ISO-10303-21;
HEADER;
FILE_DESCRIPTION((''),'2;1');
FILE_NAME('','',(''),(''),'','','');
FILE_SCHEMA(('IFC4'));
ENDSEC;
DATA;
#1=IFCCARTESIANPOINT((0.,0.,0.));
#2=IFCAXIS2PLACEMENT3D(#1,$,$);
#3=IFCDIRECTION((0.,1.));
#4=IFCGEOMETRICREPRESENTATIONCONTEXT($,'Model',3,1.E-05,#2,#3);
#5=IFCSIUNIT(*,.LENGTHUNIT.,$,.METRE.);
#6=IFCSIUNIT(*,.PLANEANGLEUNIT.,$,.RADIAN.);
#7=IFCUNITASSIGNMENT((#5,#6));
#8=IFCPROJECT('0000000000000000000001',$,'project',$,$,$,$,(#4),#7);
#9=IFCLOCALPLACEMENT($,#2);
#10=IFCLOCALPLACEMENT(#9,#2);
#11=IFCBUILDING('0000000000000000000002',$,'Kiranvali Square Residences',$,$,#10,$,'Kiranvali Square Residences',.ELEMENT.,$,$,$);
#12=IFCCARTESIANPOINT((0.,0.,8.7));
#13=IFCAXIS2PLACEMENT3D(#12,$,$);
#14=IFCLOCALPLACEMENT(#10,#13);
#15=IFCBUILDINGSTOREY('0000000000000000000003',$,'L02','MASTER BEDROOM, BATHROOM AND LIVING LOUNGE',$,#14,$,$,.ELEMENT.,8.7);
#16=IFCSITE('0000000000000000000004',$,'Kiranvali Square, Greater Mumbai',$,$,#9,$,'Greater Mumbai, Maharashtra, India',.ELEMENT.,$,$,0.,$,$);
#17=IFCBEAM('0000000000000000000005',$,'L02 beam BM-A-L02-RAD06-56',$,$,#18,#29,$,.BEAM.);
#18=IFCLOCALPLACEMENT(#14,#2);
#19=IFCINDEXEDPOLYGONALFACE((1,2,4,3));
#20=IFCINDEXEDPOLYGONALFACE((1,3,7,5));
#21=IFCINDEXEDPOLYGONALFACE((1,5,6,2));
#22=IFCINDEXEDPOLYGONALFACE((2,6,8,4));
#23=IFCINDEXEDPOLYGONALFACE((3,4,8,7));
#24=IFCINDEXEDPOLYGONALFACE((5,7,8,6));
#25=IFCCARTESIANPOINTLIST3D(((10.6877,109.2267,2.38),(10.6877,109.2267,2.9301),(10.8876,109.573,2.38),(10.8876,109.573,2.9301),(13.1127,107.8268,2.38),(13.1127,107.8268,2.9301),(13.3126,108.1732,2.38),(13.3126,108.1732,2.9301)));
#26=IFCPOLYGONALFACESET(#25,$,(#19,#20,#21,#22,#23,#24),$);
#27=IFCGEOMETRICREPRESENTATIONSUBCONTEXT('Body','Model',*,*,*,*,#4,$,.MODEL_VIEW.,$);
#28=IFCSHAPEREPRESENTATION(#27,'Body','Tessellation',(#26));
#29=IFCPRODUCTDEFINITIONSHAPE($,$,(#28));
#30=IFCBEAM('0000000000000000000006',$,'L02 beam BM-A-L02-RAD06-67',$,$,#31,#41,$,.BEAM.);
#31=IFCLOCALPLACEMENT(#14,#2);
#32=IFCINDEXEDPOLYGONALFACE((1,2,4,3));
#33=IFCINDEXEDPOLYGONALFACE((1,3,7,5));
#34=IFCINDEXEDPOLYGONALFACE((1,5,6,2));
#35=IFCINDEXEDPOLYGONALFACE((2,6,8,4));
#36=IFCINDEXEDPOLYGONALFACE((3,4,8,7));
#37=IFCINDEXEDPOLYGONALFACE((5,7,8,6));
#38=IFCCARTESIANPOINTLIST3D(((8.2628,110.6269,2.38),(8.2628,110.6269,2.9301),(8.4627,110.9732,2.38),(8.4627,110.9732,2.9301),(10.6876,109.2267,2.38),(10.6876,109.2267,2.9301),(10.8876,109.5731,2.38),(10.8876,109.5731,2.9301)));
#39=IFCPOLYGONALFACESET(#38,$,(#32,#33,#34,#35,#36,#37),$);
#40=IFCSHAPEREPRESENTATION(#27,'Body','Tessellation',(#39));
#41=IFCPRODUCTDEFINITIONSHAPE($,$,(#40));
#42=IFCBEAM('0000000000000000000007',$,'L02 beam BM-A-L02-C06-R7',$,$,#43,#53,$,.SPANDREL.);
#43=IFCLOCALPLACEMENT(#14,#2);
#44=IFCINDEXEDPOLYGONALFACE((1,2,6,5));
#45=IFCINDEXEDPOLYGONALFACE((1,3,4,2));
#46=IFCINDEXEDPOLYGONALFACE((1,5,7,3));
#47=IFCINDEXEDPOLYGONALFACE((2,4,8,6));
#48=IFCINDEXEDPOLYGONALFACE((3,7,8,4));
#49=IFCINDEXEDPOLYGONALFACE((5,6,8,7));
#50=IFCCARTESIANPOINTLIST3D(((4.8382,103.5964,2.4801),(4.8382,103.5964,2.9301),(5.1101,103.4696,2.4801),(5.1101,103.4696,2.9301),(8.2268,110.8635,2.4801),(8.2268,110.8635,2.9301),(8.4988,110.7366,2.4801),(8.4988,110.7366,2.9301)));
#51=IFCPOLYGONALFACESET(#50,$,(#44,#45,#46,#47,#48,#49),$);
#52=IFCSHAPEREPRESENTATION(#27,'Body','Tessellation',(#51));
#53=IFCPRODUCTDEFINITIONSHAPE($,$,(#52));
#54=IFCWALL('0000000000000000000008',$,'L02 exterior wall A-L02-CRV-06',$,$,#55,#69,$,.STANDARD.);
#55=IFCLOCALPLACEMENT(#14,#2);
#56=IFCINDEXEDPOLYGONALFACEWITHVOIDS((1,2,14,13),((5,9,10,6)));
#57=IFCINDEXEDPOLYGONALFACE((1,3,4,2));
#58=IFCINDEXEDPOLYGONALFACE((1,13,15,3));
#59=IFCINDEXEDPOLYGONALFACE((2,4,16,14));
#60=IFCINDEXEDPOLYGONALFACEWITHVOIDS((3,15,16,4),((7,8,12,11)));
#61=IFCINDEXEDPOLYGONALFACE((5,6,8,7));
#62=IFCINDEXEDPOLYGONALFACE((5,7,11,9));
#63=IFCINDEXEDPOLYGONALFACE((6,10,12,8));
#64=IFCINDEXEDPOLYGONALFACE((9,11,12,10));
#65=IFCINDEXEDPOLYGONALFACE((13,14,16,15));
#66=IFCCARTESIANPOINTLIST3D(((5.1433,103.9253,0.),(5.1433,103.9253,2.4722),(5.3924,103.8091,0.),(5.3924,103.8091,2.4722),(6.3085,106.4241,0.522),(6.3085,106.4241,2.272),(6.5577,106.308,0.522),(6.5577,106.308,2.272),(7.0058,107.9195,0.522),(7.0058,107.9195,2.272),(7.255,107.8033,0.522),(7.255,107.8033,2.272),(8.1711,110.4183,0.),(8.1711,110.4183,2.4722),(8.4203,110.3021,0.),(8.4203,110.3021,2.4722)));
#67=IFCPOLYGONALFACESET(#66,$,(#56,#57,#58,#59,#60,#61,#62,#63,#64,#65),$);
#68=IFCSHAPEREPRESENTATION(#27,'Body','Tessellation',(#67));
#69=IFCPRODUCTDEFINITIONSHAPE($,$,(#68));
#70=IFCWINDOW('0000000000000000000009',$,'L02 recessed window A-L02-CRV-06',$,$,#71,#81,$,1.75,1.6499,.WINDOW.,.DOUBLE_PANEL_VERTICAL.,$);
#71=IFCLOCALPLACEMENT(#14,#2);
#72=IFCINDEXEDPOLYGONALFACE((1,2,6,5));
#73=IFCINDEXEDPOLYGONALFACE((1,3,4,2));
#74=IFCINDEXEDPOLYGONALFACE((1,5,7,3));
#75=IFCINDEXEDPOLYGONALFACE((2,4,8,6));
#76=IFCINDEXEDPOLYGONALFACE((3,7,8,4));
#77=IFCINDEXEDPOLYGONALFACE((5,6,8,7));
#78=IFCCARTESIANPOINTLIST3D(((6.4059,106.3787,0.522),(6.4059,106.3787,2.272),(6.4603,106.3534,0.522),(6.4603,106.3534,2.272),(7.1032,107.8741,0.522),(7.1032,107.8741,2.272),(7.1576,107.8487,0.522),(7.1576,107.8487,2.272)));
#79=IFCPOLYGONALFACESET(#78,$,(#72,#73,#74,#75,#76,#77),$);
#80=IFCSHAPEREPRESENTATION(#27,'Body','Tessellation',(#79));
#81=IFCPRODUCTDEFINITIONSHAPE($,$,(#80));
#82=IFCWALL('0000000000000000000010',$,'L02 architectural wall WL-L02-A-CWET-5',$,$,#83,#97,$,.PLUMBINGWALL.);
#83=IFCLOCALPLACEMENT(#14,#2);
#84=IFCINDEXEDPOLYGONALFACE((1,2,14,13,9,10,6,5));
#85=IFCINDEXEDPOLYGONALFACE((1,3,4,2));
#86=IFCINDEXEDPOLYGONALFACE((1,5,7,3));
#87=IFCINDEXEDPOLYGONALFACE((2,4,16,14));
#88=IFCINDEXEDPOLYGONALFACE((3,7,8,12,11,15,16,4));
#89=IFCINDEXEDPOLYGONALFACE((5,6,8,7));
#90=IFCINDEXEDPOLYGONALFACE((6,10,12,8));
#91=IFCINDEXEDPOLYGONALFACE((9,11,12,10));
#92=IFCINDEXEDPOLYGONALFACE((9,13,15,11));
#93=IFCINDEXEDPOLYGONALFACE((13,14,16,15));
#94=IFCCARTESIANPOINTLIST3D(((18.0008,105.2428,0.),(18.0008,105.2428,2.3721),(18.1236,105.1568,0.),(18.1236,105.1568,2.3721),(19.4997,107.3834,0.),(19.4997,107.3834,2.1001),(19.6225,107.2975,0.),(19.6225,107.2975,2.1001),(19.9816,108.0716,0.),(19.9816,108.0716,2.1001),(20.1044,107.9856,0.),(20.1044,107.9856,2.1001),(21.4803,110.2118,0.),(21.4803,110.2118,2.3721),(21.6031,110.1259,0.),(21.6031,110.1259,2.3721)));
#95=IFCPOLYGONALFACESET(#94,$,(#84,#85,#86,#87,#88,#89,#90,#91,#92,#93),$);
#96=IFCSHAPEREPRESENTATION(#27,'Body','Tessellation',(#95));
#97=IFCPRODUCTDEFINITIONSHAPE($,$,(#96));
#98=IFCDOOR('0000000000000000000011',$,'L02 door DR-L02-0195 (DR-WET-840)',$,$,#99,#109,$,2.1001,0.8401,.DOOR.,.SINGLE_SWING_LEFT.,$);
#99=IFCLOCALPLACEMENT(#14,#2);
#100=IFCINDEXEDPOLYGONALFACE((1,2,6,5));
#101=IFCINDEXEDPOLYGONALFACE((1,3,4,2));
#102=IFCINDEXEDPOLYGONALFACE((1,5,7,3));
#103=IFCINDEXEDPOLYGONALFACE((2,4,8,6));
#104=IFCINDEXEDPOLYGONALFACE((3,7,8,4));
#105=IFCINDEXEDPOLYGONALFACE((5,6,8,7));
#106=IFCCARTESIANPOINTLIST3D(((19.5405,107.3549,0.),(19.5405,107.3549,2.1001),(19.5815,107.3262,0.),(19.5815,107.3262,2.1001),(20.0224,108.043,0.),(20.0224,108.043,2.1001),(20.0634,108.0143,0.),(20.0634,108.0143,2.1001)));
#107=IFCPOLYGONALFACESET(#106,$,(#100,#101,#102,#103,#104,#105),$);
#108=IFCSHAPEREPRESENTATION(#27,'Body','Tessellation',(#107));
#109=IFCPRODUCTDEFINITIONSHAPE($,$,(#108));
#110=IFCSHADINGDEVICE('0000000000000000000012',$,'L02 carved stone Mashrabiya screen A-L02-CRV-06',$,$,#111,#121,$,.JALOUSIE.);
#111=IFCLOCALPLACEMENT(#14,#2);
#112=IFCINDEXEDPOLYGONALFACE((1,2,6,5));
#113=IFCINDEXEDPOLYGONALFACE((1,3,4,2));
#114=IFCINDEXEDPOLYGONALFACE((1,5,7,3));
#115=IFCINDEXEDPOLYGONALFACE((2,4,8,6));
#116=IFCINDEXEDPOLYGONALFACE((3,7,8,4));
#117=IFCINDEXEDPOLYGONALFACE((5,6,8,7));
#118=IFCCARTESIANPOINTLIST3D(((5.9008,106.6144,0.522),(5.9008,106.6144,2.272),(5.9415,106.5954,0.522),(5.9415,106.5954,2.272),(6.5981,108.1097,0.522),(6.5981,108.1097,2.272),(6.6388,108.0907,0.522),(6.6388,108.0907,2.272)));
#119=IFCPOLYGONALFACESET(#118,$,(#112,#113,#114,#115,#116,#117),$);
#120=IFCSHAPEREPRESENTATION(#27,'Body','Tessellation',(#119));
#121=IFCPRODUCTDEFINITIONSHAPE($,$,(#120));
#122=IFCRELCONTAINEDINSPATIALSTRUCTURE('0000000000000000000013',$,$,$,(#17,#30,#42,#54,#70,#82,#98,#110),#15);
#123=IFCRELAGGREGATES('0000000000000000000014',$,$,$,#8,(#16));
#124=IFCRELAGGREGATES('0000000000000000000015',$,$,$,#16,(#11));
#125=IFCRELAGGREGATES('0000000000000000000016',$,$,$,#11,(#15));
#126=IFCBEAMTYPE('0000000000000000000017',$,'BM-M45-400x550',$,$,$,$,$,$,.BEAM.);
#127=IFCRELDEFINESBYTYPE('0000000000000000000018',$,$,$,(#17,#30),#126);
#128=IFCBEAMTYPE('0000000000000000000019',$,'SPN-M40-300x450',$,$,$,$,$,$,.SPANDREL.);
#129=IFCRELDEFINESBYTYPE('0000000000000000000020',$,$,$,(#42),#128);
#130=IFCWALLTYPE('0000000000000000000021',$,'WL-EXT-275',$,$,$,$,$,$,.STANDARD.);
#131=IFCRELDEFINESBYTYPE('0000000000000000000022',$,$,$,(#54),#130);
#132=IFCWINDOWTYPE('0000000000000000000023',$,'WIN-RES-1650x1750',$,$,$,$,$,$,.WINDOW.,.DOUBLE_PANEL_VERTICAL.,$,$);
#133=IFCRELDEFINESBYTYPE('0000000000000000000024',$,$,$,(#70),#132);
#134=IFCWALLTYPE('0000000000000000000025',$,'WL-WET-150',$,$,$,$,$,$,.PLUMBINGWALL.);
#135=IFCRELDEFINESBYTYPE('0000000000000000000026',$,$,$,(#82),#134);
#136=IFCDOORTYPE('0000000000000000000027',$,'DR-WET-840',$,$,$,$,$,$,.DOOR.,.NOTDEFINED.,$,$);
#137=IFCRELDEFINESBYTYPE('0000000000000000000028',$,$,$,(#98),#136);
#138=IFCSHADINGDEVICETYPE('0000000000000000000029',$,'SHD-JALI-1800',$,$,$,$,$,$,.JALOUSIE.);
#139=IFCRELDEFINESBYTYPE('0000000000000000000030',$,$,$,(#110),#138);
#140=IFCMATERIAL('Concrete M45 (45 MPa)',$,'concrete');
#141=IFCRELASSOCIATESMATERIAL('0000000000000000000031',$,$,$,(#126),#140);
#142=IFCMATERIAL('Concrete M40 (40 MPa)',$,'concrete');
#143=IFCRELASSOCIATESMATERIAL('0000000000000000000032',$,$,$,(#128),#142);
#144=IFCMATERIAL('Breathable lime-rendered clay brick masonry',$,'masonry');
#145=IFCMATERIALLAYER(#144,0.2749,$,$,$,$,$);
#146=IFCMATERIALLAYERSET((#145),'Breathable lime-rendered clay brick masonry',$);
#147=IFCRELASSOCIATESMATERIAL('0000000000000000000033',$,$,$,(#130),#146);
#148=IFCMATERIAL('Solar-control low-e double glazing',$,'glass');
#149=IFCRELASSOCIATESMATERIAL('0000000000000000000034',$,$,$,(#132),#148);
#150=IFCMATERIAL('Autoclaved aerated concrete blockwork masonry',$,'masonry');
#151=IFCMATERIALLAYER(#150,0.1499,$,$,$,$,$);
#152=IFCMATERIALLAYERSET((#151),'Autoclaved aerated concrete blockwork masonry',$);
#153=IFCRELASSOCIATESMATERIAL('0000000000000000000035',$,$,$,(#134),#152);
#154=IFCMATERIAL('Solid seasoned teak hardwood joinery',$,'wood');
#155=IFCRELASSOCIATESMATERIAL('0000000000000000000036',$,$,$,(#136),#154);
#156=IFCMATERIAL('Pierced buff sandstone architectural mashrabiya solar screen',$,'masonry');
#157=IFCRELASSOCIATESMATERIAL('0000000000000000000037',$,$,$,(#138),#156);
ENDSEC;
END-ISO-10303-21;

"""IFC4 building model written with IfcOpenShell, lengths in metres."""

from ifc_helpers import new_model, si_unit, direction, frame, frame_2d, origin, origin_2d, place, context, subcontext, project, spatial, rectangle, extrude, material, layer, layer_set, material_profile, profile_set, type_object, element, fill, save


model = new_model("IFC4")

# Units and contexts
model_context = context("Model", 3, precision=1e-05, world=origin(), true_north=direction((0.0, 1.0)))
body_context = subcontext(model_context, "Body", "Model", "MODEL_VIEW")
ifc_project = project(units=[si_unit("LENGTHUNIT", "METRE"), si_unit("PLANEANGLEUNIT", "RADIAN")], contexts=[model_context])

# Site, building, storey
site_placement = place(None, origin())
site = spatial("IfcSite", under=ifc_project, at=site_placement, Name="Kiranvali Square, Greater Mumbai", LongName="Greater Mumbai, Maharashtra, India", CompositionType="ELEMENT", RefElevation=0.0)
building_placement = place(site_placement, origin())
building = spatial("IfcBuilding", under=site, at=building_placement, Name="Kiranvali Square Residences", LongName="Kiranvali Square Residences", CompositionType="ELEMENT")
storey_placement = place(building_placement, frame((0.0, 0.0, 8.7)))
storey = spatial("IfcBuildingStorey", under=building, at=storey_placement, Name="L02", Description="MASTER BEDROOM, BATHROOM AND LIVING LOUNGE", CompositionType="ELEMENT", Elevation=8.7)

# Beams
ifc_material_1 = material(Name="Concrete M45 (45 MPa)", Category="concrete")
ifc_material_profile_1 = material_profile(ifc_material_1, rectangle(XDim=0.3999, YDim=0.55, at=origin_2d()), Name="RC 400x550")
ifc_profile_set_1 = profile_set([ifc_material_profile_1], Name="Concrete M45 (45 MPa)")
beam_type_1 = type_object("IfcBeamType", Name="BM-M45-400x550", PredefinedType="BEAM", material=ifc_profile_set_1)
for number, where, z_axis, x_axis, name in (
    (1, (13.2126, 108.0, 2.655), (-0.866056, 0.499946, 0.0), (-0.499946, -0.866056, 0.0), "L02 beam BM-A-L02-RAD06-56"),
    (2, (10.7876, 109.3999, 2.655), (-0.865997, 0.50005, 0.0), (-0.50005, -0.865997, 0.0), "L02 beam BM-A-L02-RAD06-67"),
):
    element("IfcBeam", number, at=place(storey_placement, frame(where, z_axis=z_axis, x_axis=x_axis)), inside=storey, type_object=beam_type_1, Name=name, PredefinedType="BEAM", context=body_context, shape_type="SweptSolid", body=[
        extrude(rectangle(XDim=0.3999, YDim=0.55, at=origin_2d()), origin(), (0.0, 0.0, 1.0), 2.8),
    ])
ifc_material_2 = material(Name="Concrete M40 (40 MPa)", Category="concrete")
ifc_material_profile_2 = material_profile(ifc_material_2, rectangle(XDim=0.3, YDim=0.45, at=origin_2d()), Name="RC 300x450")
ifc_profile_set_2 = profile_set([ifc_material_profile_2], Name="Concrete M40 (40 MPa)")
beam_type_2 = type_object("IfcBeamType", Name="SPN-M40-300x450", PredefinedType="SPANDREL", material=ifc_profile_set_2)
beam_1_placement = place(storey_placement, frame((8.3628, 110.8, 2.7051), z_axis=(-0.422615, -0.906309, 0.0), x_axis=(0.906309, -0.422615, 0.0)))
element("IfcBeam", 3, at=beam_1_placement, inside=storey, type_object=beam_type_2, Name="L02 beam BM-A-L02-C06-R7", PredefinedType="SPANDREL", context=body_context, shape_type="SweptSolid", body=[
    extrude(rectangle(XDim=0.3, YDim=0.45, at=origin_2d()), origin(), (0.0, 0.0, 1.0), 8.0183),
])

# Wall, opening, window
ifc_material_3 = material(Name="Breathable lime-rendered clay brick masonry", Category="masonry")
ifc_layer_1 = layer(ifc_material_3, 0.2749)
ifc_layer_set_1 = layer_set([ifc_layer_1], Name="Breathable lime-rendered clay brick masonry")
wall_type_1 = type_object("IfcWallType", Name="WL-EXT-275", PredefinedType="STANDARD", material=ifc_layer_set_1)
wall_1_placement = place(storey_placement, frame((8.2957, 110.3601, 0.0), z_axis=(0.0, 0.0, 1.0), x_axis=(-0.422634, -0.906301, 0.0)))
wall_1 = element("IfcWall", 4, at=wall_1_placement, inside=storey, type_object=wall_type_1, Name="L02 exterior wall A-L02-CRV-06", PredefinedType="STANDARD", context=body_context, shape_type="SweptSolid", body=[
    extrude(rectangle(XDim=7.1643, YDim=0.2749, at=frame_2d((3.582, 0.0))), origin(), (0.0, 0.0, 1.0), 2.4722),
])
opening_1_placement = place(wall_1_placement, frame((2.7571, 0.0, 0.522)))
opening_1 = element("IfcOpeningElement", 5, at=opening_1_placement, cuts=wall_1, PredefinedType="OPENING", context=body_context, shape_type="SweptSolid", body=[
    extrude(rectangle(XDim=1.6499, YDim=1.75, at=frame_2d((0.825, 0.875))), frame((0.0, 0.1475, 0.0), z_axis=(0.0, -1.0, 0.0), x_axis=(1.0, 0.0, 0.0)), (0.0, 0.0, 1.0), 0.2949),
])
ifc_material_4 = material(Name="Solar-control low-e double glazing", Category="glass")
window_type = type_object("IfcWindowType", Name="WIN-RES-1650x1750", PartitioningType="DOUBLE_PANEL_VERTICAL", PredefinedType="WINDOW", material=ifc_material_4)
window_placement = place(opening_1_placement, origin())
window = element("IfcWindow", 6, at=window_placement, inside=storey, type_object=window_type, Name="L02 recessed window A-L02-CRV-06", OverallHeight=1.75, OverallWidth=1.6499, PartitioningType="DOUBLE_PANEL_VERTICAL", PredefinedType="WINDOW", context=body_context, shape_type="SweptSolid", body=[
    extrude(rectangle(XDim=1.6499, YDim=1.75, at=frame_2d((0.825, 0.875))), frame((0.0, 0.03, 0.0), z_axis=(0.0, -1.0, 0.0), x_axis=(1.0, 0.0, 0.0)), (0.0, 0.0, 1.0), 0.0601),
])
fill(opening_1, window)

# Wall, opening, door
ifc_material_5 = material(Name="Autoclaved aerated concrete blockwork masonry", Category="masonry")
ifc_layer_2 = layer(ifc_material_5, 0.1499)
ifc_layer_set_2 = layer_set([ifc_layer_2], Name="Autoclaved aerated concrete blockwork masonry")
wall_type_2 = type_object("IfcWallType", Name="WL-WET-150", PredefinedType="PLUMBINGWALL", material=ifc_layer_set_2)
wall_2_placement = place(storey_placement, frame((21.5417, 110.1689, 0.0), z_axis=(0.0, 0.0, 1.0), x_axis=(-0.573595, -0.819139, 0.0)))
wall_2 = element("IfcWall", 7, at=wall_2_placement, inside=storey, type_object=wall_type_2, Name="L02 architectural wall WL-L02-A-CWET-5", PredefinedType="PLUMBINGWALL", context=body_context, shape_type="SweptSolid", body=[
    extrude(rectangle(XDim=6.0662, YDim=0.1499, at=frame_2d((3.0332, 0.0))), origin(), (0.0, 0.0, 1.0), 2.3721),
])
opening_2_placement = place(wall_2_placement, frame((2.613, 0.0, 0.0)))
opening_2 = element("IfcOpeningElement", 8, at=opening_2_placement, cuts=wall_2, PredefinedType="OPENING", context=body_context, shape_type="SweptSolid", body=[
    extrude(rectangle(XDim=0.8401, YDim=2.1001, at=frame_2d((0.4199, 1.05))), frame((0.0, 0.085, 0.0), z_axis=(0.0, -1.0, 0.0), x_axis=(1.0, 0.0, 0.0)), (0.0, 0.0, 1.0), 0.1699),
])
ifc_material_6 = material(Name="Solid seasoned teak hardwood joinery", Category="wood")
door_type = type_object("IfcDoorType", Name="DR-WET-840", OperationType="NOTDEFINED", PredefinedType="DOOR", material=ifc_material_6)
door_placement = place(opening_2_placement, origin())
door = element("IfcDoor", 9, at=door_placement, inside=storey, type_object=door_type, Name="L02 door DR-L02-0195 (DR-WET-840)", OperationType="SINGLE_SWING_LEFT", OverallHeight=2.1001, OverallWidth=0.8401, PredefinedType="DOOR", context=body_context, shape_type="SweptSolid", body=[
    extrude(rectangle(XDim=0.8401, YDim=2.1001, at=frame_2d((0.4199, 1.05))), frame((0.0, 0.0249, 0.0), z_axis=(0.0, -1.0, 0.0), x_axis=(1.0, 0.0, 0.0)), (0.0, 0.0, 1.0), 0.05),
])
fill(opening_2, door)

# Shading device
ifc_material_7 = material(Name="Pierced buff sandstone architectural mashrabiya solar screen", Category="masonry")
shading_device_type = type_object("IfcShadingDeviceType", Name="SHD-JALI-1800", PredefinedType="JALOUSIE", material=ifc_material_7)
shading_device_placement = place(storey_placement, frame((6.2698, 107.3525, 0.522), z_axis=(0.0, 0.0, 1.0), x_axis=(-0.422618, -0.906308, 0.0)))
element("IfcShadingDevice", 10, at=shading_device_placement, inside=storey, type_object=shading_device_type, Name="L02 carved stone Mashrabiya screen A-L02-CRV-06", PredefinedType="JALOUSIE", context=body_context, shape_type="SweptSolid", body=[
    extrude(rectangle(XDim=1.6499, YDim=0.0449, at=origin_2d()), origin(), (0.0, 0.0, 1.0), 1.75),
])

save(model, "model.ifc")
